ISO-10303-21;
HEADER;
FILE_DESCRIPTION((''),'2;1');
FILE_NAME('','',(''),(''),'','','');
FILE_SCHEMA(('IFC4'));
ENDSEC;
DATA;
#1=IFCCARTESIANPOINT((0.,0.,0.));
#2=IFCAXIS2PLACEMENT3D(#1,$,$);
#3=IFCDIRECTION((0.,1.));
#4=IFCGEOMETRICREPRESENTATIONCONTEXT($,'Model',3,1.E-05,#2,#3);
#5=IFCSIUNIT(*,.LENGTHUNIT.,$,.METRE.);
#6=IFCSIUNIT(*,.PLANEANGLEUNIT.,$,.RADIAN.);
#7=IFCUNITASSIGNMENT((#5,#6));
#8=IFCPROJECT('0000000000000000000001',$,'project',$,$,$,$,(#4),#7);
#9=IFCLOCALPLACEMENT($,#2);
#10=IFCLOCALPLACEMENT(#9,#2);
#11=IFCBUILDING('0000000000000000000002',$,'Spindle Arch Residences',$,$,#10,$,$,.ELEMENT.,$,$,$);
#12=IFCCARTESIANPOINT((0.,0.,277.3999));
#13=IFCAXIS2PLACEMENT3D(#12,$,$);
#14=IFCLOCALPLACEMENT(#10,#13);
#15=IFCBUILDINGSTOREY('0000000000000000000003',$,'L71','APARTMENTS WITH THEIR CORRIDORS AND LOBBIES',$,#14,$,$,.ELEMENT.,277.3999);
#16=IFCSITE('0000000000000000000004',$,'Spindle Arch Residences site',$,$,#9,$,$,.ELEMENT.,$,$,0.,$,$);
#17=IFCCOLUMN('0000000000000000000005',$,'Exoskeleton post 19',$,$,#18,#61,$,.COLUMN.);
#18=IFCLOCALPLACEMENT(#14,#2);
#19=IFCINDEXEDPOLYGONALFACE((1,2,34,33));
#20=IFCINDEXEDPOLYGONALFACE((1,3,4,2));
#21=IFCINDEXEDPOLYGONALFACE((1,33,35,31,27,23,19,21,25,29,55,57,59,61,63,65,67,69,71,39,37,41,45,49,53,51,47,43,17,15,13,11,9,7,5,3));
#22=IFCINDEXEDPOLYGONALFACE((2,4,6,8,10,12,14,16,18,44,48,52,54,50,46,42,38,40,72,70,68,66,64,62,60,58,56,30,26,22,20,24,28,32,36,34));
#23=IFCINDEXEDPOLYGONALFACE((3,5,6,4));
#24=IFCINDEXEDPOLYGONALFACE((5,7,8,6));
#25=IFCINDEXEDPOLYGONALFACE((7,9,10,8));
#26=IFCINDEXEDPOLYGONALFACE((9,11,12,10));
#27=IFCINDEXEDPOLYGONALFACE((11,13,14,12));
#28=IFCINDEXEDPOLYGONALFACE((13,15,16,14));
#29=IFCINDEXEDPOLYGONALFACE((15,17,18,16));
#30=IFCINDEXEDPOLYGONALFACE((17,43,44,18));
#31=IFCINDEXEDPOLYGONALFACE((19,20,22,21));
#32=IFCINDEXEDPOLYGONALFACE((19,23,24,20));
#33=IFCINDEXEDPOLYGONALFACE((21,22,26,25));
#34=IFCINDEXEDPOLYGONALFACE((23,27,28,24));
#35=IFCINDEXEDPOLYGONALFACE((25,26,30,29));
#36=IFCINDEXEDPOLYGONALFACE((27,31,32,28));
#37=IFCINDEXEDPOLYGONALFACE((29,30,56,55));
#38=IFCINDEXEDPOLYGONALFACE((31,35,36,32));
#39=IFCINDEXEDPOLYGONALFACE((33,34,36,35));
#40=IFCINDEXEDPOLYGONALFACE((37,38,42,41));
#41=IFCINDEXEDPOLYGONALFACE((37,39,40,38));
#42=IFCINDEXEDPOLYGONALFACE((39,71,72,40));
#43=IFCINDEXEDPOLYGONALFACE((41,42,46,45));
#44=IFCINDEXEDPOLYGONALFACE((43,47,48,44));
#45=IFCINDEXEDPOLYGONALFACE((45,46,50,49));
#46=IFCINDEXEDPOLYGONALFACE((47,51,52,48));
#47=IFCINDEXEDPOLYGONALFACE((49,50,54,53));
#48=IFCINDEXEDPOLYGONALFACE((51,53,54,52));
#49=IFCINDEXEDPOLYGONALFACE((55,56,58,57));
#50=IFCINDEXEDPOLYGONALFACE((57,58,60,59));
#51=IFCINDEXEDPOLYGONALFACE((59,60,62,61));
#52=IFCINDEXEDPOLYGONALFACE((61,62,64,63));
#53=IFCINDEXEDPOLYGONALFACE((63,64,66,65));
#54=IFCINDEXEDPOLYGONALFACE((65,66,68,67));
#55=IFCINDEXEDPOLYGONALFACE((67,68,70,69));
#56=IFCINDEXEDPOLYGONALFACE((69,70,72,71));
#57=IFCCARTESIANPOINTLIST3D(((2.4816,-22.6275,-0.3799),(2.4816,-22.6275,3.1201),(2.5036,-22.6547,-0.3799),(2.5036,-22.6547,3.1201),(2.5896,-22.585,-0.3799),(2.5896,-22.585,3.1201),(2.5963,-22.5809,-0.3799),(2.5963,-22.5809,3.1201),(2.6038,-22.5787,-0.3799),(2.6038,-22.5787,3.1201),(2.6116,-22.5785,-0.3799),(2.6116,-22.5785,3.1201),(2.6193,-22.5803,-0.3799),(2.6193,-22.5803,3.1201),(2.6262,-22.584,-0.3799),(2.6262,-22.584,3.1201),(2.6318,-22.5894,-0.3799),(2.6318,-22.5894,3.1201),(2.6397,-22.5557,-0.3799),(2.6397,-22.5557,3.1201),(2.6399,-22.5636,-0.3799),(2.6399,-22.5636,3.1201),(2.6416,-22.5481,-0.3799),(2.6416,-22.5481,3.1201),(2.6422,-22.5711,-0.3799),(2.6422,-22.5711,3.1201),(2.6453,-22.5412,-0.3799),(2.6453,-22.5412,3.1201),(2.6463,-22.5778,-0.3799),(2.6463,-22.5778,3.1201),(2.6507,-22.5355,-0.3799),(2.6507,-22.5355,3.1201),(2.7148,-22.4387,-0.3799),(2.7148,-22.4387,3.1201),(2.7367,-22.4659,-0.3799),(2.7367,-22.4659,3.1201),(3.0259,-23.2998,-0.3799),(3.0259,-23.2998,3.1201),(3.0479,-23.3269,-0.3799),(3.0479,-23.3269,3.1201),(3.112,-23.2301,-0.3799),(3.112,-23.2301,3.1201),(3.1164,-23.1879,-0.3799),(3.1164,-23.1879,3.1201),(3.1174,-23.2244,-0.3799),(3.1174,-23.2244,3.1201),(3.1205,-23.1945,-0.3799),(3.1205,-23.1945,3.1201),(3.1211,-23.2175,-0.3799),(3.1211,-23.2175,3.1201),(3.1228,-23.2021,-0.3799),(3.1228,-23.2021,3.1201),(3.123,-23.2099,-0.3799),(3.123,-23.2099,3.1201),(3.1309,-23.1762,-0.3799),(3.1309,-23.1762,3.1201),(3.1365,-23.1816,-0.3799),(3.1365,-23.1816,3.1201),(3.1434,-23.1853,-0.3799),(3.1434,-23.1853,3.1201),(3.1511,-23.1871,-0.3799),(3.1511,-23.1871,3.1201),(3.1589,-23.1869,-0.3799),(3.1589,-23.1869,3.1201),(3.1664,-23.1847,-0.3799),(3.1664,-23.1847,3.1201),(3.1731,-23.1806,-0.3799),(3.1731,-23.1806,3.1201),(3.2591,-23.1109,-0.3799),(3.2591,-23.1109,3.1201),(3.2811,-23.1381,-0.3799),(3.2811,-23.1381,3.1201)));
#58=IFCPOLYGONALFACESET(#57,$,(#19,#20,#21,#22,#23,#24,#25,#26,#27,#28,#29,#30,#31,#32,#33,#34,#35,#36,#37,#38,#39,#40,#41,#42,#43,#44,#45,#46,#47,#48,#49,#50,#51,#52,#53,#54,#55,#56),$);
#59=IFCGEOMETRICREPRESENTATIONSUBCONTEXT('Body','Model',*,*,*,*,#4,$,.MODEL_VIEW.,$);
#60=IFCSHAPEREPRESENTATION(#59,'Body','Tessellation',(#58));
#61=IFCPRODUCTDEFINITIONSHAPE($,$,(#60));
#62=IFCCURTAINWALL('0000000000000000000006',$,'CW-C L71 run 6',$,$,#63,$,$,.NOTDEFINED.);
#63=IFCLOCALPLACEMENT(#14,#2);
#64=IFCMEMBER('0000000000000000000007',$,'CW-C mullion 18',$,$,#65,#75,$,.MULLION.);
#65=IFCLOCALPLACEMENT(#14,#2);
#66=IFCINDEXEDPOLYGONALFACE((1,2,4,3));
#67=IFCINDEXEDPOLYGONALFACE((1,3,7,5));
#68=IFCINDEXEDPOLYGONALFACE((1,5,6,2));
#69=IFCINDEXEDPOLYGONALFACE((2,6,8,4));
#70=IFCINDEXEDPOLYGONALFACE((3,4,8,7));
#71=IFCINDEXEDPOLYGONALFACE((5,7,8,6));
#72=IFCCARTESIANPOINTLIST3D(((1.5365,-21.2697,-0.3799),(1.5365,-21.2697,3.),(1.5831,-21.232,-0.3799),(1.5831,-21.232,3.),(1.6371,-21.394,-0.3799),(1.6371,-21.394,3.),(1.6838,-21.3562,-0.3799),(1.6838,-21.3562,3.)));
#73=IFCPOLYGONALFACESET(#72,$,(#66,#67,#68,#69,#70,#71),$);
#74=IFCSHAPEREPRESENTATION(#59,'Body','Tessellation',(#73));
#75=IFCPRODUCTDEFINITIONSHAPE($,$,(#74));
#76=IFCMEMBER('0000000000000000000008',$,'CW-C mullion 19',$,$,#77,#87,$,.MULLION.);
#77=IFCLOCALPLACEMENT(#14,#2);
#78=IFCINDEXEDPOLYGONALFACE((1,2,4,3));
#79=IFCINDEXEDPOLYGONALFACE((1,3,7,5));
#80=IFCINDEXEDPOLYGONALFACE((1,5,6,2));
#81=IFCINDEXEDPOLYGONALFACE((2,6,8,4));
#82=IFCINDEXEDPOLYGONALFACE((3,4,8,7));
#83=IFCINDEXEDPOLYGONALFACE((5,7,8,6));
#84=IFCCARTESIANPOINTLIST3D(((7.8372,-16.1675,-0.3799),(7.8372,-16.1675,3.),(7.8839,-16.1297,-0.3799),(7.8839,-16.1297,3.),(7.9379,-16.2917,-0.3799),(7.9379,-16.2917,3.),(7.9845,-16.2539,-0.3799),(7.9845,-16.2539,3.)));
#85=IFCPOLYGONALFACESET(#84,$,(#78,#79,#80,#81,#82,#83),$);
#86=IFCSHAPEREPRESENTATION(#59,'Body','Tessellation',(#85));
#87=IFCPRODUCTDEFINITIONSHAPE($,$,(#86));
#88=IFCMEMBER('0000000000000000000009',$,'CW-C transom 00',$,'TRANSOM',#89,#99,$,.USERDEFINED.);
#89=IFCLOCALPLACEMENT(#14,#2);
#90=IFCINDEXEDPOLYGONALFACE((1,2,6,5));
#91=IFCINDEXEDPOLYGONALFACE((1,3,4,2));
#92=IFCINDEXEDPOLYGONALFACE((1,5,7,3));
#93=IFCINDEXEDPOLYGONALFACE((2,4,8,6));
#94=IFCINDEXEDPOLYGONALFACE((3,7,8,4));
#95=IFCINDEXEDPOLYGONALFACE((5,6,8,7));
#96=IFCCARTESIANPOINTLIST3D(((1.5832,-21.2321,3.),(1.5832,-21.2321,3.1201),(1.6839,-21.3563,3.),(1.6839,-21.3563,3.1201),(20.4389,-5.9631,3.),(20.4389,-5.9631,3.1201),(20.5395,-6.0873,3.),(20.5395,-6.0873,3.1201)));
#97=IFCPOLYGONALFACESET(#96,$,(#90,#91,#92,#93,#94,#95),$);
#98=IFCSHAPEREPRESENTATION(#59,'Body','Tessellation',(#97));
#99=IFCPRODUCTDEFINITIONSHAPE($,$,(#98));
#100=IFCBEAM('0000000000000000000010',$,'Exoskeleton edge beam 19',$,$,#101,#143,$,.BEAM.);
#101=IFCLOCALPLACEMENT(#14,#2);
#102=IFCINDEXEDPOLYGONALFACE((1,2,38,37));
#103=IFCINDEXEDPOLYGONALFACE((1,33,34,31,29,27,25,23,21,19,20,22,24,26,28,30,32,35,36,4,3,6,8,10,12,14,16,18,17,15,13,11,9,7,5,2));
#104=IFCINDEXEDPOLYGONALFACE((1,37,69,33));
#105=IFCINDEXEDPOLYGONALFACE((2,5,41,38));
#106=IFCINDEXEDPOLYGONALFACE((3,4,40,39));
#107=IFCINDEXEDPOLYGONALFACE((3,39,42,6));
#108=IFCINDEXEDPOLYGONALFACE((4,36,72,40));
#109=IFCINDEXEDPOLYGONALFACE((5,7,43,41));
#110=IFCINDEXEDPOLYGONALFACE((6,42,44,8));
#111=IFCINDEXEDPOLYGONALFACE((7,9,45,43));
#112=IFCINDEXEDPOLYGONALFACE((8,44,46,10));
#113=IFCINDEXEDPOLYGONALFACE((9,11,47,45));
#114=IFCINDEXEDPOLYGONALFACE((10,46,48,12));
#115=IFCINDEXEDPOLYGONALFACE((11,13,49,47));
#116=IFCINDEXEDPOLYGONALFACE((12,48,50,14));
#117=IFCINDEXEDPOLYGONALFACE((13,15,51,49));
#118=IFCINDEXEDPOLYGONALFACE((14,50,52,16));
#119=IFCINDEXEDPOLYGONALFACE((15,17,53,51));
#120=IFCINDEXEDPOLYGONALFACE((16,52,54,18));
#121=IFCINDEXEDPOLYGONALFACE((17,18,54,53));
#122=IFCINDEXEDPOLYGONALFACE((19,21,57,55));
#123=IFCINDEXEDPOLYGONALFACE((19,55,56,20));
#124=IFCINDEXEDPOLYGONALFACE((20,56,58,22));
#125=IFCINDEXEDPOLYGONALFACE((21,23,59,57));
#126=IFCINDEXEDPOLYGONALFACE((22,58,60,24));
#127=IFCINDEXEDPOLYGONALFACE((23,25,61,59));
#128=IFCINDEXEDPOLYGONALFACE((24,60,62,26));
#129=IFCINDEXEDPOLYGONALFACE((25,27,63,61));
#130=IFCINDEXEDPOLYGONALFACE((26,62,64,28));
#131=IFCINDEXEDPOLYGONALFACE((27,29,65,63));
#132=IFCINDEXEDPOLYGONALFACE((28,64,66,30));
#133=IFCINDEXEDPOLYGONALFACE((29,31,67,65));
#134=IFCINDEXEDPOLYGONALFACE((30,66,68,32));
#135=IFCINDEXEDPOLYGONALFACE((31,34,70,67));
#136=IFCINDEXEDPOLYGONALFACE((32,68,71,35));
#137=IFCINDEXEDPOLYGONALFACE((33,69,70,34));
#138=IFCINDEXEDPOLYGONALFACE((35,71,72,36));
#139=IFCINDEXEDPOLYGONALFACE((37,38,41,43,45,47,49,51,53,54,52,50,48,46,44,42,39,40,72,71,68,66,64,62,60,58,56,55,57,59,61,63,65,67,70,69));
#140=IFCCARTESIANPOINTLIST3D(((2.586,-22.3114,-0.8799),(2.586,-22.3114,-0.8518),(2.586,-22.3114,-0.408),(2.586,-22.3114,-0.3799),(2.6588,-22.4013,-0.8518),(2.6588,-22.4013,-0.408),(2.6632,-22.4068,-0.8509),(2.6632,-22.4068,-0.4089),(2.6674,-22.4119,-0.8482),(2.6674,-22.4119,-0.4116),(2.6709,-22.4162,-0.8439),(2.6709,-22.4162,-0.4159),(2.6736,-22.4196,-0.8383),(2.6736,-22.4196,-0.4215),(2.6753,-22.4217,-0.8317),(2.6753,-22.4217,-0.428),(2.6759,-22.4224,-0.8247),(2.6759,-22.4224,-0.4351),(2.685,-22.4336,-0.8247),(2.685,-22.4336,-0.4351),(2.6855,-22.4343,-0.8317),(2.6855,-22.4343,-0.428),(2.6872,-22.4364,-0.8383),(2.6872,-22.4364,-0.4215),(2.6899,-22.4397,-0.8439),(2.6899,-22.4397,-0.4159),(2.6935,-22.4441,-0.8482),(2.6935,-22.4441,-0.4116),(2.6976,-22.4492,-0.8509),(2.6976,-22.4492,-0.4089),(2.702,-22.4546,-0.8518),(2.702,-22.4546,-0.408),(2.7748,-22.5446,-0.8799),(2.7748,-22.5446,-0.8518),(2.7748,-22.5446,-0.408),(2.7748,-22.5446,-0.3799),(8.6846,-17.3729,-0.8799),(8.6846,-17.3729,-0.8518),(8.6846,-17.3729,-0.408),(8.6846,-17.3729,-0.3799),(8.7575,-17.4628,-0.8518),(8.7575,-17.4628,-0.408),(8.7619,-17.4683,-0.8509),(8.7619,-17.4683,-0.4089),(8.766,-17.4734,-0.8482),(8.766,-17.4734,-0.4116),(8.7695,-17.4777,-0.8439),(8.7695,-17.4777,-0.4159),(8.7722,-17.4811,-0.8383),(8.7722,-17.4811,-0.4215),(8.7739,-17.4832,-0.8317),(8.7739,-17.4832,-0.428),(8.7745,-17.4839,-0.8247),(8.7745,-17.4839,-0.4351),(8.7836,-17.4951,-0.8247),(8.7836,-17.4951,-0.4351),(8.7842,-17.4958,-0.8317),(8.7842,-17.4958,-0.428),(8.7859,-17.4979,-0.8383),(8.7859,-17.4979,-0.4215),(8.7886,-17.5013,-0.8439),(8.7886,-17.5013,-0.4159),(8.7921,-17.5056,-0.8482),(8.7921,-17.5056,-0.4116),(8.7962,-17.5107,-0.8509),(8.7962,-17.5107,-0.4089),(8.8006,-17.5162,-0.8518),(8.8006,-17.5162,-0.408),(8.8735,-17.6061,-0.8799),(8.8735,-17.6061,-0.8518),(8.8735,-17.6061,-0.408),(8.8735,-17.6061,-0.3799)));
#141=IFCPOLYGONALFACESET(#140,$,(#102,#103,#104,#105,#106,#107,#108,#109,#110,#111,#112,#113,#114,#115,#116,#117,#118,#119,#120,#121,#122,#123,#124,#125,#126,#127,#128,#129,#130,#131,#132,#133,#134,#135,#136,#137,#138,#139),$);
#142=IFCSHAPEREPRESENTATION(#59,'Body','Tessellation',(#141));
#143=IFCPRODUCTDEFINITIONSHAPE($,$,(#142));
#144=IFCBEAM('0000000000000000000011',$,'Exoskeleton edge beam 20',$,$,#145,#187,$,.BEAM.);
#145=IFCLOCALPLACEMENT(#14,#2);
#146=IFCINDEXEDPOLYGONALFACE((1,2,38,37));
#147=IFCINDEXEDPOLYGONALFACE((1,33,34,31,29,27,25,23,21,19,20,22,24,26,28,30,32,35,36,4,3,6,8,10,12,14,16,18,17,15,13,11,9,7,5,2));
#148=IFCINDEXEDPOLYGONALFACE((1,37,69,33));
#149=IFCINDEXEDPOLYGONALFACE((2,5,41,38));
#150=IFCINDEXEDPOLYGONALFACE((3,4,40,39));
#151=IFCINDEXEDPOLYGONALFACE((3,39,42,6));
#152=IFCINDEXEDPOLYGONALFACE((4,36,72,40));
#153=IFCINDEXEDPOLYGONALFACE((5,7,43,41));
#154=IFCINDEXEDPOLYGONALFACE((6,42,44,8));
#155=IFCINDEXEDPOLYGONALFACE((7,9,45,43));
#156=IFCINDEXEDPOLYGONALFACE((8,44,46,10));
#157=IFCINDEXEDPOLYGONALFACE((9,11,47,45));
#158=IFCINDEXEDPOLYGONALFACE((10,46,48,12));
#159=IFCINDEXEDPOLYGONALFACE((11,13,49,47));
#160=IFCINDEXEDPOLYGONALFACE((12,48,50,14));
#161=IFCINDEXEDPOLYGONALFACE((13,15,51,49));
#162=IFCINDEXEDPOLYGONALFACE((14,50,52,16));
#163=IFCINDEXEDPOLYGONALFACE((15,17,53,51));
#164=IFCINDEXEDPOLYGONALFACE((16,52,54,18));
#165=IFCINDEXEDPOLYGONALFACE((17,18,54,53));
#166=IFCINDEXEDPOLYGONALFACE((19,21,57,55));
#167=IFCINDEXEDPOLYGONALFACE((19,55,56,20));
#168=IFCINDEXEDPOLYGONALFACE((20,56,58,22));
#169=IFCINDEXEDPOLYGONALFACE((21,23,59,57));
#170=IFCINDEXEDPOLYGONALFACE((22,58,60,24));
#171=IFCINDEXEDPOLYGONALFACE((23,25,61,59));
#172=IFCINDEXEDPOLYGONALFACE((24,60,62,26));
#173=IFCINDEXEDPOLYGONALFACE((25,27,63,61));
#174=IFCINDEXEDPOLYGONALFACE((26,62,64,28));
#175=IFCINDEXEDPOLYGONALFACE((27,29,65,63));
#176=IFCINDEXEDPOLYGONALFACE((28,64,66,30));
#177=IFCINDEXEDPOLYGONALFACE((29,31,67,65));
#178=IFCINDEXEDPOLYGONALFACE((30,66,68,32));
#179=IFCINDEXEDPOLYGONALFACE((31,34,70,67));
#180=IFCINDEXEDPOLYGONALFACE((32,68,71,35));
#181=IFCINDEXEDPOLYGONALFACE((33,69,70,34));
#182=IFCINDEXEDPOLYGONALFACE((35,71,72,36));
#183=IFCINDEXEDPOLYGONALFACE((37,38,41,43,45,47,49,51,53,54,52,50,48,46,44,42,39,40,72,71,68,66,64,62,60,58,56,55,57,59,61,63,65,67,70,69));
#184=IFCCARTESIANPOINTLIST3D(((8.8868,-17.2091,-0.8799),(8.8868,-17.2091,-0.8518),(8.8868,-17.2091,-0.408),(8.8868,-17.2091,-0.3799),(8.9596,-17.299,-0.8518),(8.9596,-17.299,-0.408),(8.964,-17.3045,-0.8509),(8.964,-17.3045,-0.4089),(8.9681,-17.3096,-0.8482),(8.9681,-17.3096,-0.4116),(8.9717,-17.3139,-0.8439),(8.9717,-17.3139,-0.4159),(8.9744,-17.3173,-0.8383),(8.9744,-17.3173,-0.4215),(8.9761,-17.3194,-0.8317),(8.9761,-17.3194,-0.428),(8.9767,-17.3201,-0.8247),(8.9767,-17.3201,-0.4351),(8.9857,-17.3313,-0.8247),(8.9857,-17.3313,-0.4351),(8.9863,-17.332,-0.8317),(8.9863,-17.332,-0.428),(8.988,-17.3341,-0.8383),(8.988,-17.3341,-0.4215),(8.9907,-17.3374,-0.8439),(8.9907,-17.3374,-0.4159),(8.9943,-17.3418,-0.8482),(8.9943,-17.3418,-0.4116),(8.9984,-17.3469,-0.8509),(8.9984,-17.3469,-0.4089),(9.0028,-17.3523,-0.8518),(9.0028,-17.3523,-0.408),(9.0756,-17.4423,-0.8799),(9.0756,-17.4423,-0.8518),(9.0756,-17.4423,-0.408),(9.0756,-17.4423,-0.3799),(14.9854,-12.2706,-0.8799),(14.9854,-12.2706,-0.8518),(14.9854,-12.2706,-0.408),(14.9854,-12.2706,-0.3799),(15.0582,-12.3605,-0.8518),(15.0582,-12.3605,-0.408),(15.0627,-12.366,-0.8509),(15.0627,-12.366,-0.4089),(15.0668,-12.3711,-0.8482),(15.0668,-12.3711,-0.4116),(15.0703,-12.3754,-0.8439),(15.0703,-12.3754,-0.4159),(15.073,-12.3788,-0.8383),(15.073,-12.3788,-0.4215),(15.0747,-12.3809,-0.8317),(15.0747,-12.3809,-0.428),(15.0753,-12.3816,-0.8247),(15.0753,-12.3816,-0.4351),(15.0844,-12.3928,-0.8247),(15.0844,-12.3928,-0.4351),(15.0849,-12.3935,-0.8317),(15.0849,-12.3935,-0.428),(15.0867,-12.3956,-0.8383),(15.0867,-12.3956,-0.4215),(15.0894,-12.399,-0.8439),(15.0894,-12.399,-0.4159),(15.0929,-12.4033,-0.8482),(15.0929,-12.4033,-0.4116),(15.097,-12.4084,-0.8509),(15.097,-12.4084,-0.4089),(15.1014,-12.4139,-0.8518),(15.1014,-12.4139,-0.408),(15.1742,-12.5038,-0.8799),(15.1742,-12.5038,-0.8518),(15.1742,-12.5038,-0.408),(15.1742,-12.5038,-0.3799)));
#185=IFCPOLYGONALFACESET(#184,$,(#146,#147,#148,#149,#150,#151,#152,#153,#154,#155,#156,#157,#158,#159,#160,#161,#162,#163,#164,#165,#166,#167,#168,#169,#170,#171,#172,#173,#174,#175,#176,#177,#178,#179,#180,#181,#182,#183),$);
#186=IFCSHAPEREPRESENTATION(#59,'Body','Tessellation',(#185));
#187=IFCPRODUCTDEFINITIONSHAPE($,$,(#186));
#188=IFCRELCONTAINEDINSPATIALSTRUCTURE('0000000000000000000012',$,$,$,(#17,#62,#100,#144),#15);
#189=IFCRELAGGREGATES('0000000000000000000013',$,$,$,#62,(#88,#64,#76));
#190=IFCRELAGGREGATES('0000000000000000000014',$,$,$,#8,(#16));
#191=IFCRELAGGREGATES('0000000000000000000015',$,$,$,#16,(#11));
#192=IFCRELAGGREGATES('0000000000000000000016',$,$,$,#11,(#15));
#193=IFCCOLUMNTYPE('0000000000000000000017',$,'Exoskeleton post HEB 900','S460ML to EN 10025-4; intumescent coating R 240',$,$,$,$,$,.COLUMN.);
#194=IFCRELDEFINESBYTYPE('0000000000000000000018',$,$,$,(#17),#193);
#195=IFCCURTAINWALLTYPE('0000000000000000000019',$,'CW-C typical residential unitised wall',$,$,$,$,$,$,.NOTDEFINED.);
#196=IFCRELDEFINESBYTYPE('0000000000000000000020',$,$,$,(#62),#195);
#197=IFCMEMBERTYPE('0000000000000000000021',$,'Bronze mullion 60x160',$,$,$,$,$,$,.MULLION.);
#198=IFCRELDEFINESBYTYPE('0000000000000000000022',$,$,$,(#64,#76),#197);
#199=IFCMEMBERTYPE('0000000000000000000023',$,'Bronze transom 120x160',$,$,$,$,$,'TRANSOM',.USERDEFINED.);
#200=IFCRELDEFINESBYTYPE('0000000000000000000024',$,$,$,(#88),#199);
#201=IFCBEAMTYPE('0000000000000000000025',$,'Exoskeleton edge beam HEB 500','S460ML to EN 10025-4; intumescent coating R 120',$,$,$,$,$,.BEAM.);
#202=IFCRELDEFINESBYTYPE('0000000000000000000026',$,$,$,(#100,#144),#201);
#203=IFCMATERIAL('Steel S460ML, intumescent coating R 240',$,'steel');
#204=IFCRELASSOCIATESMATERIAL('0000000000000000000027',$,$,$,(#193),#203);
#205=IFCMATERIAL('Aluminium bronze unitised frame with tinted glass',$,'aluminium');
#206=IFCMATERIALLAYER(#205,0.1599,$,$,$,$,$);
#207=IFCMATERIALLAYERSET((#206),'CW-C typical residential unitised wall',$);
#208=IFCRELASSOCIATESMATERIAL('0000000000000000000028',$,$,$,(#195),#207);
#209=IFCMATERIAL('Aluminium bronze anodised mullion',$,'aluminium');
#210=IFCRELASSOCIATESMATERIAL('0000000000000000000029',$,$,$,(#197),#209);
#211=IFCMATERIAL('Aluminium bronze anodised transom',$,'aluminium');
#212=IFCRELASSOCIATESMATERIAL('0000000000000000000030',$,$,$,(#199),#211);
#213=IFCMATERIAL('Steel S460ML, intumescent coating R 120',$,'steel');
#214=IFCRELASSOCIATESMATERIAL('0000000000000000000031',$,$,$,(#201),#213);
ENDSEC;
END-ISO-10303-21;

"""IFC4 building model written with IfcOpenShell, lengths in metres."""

from ifc_helpers import new_model, si_unit, direction, frame, origin, origin_2d, place, context, subcontext, project, spatial, rectangle, i_section, extrude, material, layer, layer_set, material_profile, profile_set, type_object, element, aggregate, save


model = new_model("IFC4")

# Units and contexts
model_context = context("Model", 3, precision=1e-05, world=origin(), true_north=direction((0.0, 1.0)))
body_context = subcontext(model_context, "Body", "Model", "MODEL_VIEW")
ifc_project = project(units=[si_unit("LENGTHUNIT", "METRE"), si_unit("PLANEANGLEUNIT", "RADIAN")], contexts=[model_context])

# Site, building, storey
site_placement = place(None, origin())
site = spatial("IfcSite", under=ifc_project, at=site_placement, Name="Spindle Arch Residences site", CompositionType="ELEMENT", RefElevation=0.0)
building_placement = place(site_placement, origin())
building = spatial("IfcBuilding", under=site, at=building_placement, Name="Spindle Arch Residences", CompositionType="ELEMENT")
storey_placement = place(building_placement, frame((0.0, 0.0, 277.3999)))
storey = spatial("IfcBuildingStorey", under=building, at=storey_placement, Name="L71", Description="APARTMENTS WITH THEIR CORRIDORS AND LOBBIES", CompositionType="ELEMENT", Elevation=277.3999)

# Column
ifc_material_1 = material(Name="Steel S460ML, intumescent coating R 240", Category="steel")
ifc_material_profile_1 = material_profile(ifc_material_1, i_section(OverallWidth=0.3, OverallDepth=0.8999, WebThickness=0.0186, FlangeThickness=0.0349, FilletRadius=0.03, at=origin_2d()), Name="HEB 900")
ifc_profile_set_1 = profile_set([ifc_material_profile_1], Name="Steel S460ML, intumescent coating R 240")
column_type = type_object("IfcColumnType", Name="Exoskeleton post HEB 900", Description="S460ML to EN 10025-4; intumescent coating R 240", PredefinedType="COLUMN", material=ifc_profile_set_1)
column_placement = place(storey_placement, frame((2.8813, -22.8828, -0.3799), z_axis=(0.0, 0.0, 1.0), x_axis=(-0.777146, -0.62932, 0.0)))
element("IfcColumn", 1, at=column_placement, inside=storey, type_object=column_type, Name="Exoskeleton post 19", PredefinedType="COLUMN", context=body_context, shape_type="SweptSolid", body=[
    extrude(i_section(OverallWidth=0.3, OverallDepth=0.8999, WebThickness=0.0186, FlangeThickness=0.0349, FilletRadius=0.03, at=origin_2d()), origin(), (0.0, 0.0, 1.0), 3.5),
])

# Curtain wall, members
ifc_material_2 = material(Name="Aluminium bronze unitised frame with tinted glass", Category="aluminium")
ifc_layer_1 = layer(ifc_material_2, 0.1599)
ifc_layer_set_1 = layer_set([ifc_layer_1], Name="CW-C typical residential unitised wall")
curtain_wall_type_1 = type_object("IfcCurtainWallType", Name="CW-C typical residential unitised wall", PredefinedType="NOTDEFINED", material=ifc_layer_set_1)
curtain_wall_1_placement = place(storey_placement, origin())
curtain_wall_1 = element("IfcCurtainWall", 2, at=curtain_wall_1_placement, inside=storey, type_object=curtain_wall_type_1, Name="CW-C L71 run 6", PredefinedType="NOTDEFINED")
ifc_material_3 = material(Name="Aluminium bronze anodised mullion", Category="aluminium")
ifc_material_profile_2 = material_profile(ifc_material_3, rectangle(XDim=0.1599, YDim=0.0601, at=origin_2d()), Name="MU 60x160")
ifc_profile_set_2 = profile_set([ifc_material_profile_2], Name="Aluminium bronze anodised mullion")
member_type_1 = type_object("IfcMemberType", Name="Bronze mullion 60x160", PredefinedType="MULLION", material=ifc_profile_set_2)
member_1_placement = place(storey_placement, frame((1.6101, -21.313, -0.3799), z_axis=(0.0, 0.0, 1.0), x_axis=(-0.62932, 0.777146, 0.0)))
member_1 = element("IfcMember", 3, at=member_1_placement, type_object=member_type_1, Name="CW-C mullion 18", PredefinedType="MULLION", context=body_context, shape_type="SweptSolid", body=[
    extrude(rectangle(XDim=0.1599, YDim=0.0601, at=origin_2d()), origin(), (0.0, 0.0, 1.0), 3.3799),
])
member_2_placement = place(storey_placement, frame((7.9109, -16.2107, -0.3799), z_axis=(0.0, 0.0, 1.0), x_axis=(-0.62932, 0.777146, 0.0)))
member_2 = element("IfcMember", 4, at=member_2_placement, type_object=member_type_1, Name="CW-C mullion 19", PredefinedType="MULLION", context=body_context, shape_type="SweptSolid", body=[
    extrude(rectangle(XDim=0.1599, YDim=0.0601, at=origin_2d()), origin(), (0.0, 0.0, 1.0), 3.3799),
])
ifc_material_4 = material(Name="Aluminium bronze anodised transom", Category="aluminium")
ifc_material_profile_3 = material_profile(ifc_material_4, rectangle(XDim=0.1599, YDim=0.1201, at=origin_2d()), Name="TR 120x160")
ifc_profile_set_3 = profile_set([ifc_material_profile_3], Name="Aluminium bronze anodised transom")
member_type_2 = type_object("IfcMemberType", Name="Bronze transom 120x160", ElementType="TRANSOM", PredefinedType="USERDEFINED", material=ifc_profile_set_3)
member_3_placement = place(storey_placement, frame((1.6335, -21.2942, 3.0601), z_axis=(0.777146, 0.62932, 0.0), x_axis=(-0.62932, 0.777146, 0.0)))
member_3 = element("IfcMember", 5, at=member_3_placement, type_object=member_type_2, Name="CW-C transom 00", ObjectType="TRANSOM", PredefinedType="USERDEFINED", context=body_context, shape_type="SweptSolid", body=[
    extrude(rectangle(XDim=0.1599, YDim=0.1201, at=origin_2d()), origin(), (0.0, 0.0, 1.0), 24.2627),
])

# Beams
ifc_material_5 = material(Name="Steel S460ML, intumescent coating R 120", Category="steel")
ifc_material_profile_4 = material_profile(ifc_material_5, i_section(OverallWidth=0.3, OverallDepth=0.5, WebThickness=0.0144, FlangeThickness=0.0281, FilletRadius=0.0271, at=origin_2d()), Name="HEB 500")
ifc_profile_set_4 = profile_set([ifc_material_profile_4], Name="Steel S460ML, intumescent coating R 120")
beam_type_1 = type_object("IfcBeamType", Name="Exoskeleton edge beam HEB 500", Description="S460ML to EN 10025-4; intumescent coating R 120", PredefinedType="BEAM", material=ifc_profile_set_4)
for number, where, z_axis, x_axis, name in (
    (6, (2.6804, -22.428, -0.6299), (0.777152, 0.629313, 0.0), (-0.629313, 0.777152, 0.0), "Exoskeleton edge beam 19"),
    (7, (8.9812, -17.3257, -0.6299), (0.777152, 0.629313, 0.0), (-0.629313, 0.777152, 0.0), "Exoskeleton edge beam 20"),
):
    element("IfcBeam", number, at=place(storey_placement, frame(where, z_axis=z_axis, x_axis=x_axis)), inside=storey, type_object=beam_type_1, Name=name, PredefinedType="BEAM", context=body_context, shape_type="SweptSolid", body=[
        extrude(i_section(OverallWidth=0.3, OverallDepth=0.5, WebThickness=0.0144, FlangeThickness=0.0281, FilletRadius=0.0271, at=origin_2d()), origin(), (0.0, 0.0, 1.0), 7.8474),
    ])

aggregate(curtain_wall_1, [member_3, member_1, member_2])

save(model, "model.ifc")
